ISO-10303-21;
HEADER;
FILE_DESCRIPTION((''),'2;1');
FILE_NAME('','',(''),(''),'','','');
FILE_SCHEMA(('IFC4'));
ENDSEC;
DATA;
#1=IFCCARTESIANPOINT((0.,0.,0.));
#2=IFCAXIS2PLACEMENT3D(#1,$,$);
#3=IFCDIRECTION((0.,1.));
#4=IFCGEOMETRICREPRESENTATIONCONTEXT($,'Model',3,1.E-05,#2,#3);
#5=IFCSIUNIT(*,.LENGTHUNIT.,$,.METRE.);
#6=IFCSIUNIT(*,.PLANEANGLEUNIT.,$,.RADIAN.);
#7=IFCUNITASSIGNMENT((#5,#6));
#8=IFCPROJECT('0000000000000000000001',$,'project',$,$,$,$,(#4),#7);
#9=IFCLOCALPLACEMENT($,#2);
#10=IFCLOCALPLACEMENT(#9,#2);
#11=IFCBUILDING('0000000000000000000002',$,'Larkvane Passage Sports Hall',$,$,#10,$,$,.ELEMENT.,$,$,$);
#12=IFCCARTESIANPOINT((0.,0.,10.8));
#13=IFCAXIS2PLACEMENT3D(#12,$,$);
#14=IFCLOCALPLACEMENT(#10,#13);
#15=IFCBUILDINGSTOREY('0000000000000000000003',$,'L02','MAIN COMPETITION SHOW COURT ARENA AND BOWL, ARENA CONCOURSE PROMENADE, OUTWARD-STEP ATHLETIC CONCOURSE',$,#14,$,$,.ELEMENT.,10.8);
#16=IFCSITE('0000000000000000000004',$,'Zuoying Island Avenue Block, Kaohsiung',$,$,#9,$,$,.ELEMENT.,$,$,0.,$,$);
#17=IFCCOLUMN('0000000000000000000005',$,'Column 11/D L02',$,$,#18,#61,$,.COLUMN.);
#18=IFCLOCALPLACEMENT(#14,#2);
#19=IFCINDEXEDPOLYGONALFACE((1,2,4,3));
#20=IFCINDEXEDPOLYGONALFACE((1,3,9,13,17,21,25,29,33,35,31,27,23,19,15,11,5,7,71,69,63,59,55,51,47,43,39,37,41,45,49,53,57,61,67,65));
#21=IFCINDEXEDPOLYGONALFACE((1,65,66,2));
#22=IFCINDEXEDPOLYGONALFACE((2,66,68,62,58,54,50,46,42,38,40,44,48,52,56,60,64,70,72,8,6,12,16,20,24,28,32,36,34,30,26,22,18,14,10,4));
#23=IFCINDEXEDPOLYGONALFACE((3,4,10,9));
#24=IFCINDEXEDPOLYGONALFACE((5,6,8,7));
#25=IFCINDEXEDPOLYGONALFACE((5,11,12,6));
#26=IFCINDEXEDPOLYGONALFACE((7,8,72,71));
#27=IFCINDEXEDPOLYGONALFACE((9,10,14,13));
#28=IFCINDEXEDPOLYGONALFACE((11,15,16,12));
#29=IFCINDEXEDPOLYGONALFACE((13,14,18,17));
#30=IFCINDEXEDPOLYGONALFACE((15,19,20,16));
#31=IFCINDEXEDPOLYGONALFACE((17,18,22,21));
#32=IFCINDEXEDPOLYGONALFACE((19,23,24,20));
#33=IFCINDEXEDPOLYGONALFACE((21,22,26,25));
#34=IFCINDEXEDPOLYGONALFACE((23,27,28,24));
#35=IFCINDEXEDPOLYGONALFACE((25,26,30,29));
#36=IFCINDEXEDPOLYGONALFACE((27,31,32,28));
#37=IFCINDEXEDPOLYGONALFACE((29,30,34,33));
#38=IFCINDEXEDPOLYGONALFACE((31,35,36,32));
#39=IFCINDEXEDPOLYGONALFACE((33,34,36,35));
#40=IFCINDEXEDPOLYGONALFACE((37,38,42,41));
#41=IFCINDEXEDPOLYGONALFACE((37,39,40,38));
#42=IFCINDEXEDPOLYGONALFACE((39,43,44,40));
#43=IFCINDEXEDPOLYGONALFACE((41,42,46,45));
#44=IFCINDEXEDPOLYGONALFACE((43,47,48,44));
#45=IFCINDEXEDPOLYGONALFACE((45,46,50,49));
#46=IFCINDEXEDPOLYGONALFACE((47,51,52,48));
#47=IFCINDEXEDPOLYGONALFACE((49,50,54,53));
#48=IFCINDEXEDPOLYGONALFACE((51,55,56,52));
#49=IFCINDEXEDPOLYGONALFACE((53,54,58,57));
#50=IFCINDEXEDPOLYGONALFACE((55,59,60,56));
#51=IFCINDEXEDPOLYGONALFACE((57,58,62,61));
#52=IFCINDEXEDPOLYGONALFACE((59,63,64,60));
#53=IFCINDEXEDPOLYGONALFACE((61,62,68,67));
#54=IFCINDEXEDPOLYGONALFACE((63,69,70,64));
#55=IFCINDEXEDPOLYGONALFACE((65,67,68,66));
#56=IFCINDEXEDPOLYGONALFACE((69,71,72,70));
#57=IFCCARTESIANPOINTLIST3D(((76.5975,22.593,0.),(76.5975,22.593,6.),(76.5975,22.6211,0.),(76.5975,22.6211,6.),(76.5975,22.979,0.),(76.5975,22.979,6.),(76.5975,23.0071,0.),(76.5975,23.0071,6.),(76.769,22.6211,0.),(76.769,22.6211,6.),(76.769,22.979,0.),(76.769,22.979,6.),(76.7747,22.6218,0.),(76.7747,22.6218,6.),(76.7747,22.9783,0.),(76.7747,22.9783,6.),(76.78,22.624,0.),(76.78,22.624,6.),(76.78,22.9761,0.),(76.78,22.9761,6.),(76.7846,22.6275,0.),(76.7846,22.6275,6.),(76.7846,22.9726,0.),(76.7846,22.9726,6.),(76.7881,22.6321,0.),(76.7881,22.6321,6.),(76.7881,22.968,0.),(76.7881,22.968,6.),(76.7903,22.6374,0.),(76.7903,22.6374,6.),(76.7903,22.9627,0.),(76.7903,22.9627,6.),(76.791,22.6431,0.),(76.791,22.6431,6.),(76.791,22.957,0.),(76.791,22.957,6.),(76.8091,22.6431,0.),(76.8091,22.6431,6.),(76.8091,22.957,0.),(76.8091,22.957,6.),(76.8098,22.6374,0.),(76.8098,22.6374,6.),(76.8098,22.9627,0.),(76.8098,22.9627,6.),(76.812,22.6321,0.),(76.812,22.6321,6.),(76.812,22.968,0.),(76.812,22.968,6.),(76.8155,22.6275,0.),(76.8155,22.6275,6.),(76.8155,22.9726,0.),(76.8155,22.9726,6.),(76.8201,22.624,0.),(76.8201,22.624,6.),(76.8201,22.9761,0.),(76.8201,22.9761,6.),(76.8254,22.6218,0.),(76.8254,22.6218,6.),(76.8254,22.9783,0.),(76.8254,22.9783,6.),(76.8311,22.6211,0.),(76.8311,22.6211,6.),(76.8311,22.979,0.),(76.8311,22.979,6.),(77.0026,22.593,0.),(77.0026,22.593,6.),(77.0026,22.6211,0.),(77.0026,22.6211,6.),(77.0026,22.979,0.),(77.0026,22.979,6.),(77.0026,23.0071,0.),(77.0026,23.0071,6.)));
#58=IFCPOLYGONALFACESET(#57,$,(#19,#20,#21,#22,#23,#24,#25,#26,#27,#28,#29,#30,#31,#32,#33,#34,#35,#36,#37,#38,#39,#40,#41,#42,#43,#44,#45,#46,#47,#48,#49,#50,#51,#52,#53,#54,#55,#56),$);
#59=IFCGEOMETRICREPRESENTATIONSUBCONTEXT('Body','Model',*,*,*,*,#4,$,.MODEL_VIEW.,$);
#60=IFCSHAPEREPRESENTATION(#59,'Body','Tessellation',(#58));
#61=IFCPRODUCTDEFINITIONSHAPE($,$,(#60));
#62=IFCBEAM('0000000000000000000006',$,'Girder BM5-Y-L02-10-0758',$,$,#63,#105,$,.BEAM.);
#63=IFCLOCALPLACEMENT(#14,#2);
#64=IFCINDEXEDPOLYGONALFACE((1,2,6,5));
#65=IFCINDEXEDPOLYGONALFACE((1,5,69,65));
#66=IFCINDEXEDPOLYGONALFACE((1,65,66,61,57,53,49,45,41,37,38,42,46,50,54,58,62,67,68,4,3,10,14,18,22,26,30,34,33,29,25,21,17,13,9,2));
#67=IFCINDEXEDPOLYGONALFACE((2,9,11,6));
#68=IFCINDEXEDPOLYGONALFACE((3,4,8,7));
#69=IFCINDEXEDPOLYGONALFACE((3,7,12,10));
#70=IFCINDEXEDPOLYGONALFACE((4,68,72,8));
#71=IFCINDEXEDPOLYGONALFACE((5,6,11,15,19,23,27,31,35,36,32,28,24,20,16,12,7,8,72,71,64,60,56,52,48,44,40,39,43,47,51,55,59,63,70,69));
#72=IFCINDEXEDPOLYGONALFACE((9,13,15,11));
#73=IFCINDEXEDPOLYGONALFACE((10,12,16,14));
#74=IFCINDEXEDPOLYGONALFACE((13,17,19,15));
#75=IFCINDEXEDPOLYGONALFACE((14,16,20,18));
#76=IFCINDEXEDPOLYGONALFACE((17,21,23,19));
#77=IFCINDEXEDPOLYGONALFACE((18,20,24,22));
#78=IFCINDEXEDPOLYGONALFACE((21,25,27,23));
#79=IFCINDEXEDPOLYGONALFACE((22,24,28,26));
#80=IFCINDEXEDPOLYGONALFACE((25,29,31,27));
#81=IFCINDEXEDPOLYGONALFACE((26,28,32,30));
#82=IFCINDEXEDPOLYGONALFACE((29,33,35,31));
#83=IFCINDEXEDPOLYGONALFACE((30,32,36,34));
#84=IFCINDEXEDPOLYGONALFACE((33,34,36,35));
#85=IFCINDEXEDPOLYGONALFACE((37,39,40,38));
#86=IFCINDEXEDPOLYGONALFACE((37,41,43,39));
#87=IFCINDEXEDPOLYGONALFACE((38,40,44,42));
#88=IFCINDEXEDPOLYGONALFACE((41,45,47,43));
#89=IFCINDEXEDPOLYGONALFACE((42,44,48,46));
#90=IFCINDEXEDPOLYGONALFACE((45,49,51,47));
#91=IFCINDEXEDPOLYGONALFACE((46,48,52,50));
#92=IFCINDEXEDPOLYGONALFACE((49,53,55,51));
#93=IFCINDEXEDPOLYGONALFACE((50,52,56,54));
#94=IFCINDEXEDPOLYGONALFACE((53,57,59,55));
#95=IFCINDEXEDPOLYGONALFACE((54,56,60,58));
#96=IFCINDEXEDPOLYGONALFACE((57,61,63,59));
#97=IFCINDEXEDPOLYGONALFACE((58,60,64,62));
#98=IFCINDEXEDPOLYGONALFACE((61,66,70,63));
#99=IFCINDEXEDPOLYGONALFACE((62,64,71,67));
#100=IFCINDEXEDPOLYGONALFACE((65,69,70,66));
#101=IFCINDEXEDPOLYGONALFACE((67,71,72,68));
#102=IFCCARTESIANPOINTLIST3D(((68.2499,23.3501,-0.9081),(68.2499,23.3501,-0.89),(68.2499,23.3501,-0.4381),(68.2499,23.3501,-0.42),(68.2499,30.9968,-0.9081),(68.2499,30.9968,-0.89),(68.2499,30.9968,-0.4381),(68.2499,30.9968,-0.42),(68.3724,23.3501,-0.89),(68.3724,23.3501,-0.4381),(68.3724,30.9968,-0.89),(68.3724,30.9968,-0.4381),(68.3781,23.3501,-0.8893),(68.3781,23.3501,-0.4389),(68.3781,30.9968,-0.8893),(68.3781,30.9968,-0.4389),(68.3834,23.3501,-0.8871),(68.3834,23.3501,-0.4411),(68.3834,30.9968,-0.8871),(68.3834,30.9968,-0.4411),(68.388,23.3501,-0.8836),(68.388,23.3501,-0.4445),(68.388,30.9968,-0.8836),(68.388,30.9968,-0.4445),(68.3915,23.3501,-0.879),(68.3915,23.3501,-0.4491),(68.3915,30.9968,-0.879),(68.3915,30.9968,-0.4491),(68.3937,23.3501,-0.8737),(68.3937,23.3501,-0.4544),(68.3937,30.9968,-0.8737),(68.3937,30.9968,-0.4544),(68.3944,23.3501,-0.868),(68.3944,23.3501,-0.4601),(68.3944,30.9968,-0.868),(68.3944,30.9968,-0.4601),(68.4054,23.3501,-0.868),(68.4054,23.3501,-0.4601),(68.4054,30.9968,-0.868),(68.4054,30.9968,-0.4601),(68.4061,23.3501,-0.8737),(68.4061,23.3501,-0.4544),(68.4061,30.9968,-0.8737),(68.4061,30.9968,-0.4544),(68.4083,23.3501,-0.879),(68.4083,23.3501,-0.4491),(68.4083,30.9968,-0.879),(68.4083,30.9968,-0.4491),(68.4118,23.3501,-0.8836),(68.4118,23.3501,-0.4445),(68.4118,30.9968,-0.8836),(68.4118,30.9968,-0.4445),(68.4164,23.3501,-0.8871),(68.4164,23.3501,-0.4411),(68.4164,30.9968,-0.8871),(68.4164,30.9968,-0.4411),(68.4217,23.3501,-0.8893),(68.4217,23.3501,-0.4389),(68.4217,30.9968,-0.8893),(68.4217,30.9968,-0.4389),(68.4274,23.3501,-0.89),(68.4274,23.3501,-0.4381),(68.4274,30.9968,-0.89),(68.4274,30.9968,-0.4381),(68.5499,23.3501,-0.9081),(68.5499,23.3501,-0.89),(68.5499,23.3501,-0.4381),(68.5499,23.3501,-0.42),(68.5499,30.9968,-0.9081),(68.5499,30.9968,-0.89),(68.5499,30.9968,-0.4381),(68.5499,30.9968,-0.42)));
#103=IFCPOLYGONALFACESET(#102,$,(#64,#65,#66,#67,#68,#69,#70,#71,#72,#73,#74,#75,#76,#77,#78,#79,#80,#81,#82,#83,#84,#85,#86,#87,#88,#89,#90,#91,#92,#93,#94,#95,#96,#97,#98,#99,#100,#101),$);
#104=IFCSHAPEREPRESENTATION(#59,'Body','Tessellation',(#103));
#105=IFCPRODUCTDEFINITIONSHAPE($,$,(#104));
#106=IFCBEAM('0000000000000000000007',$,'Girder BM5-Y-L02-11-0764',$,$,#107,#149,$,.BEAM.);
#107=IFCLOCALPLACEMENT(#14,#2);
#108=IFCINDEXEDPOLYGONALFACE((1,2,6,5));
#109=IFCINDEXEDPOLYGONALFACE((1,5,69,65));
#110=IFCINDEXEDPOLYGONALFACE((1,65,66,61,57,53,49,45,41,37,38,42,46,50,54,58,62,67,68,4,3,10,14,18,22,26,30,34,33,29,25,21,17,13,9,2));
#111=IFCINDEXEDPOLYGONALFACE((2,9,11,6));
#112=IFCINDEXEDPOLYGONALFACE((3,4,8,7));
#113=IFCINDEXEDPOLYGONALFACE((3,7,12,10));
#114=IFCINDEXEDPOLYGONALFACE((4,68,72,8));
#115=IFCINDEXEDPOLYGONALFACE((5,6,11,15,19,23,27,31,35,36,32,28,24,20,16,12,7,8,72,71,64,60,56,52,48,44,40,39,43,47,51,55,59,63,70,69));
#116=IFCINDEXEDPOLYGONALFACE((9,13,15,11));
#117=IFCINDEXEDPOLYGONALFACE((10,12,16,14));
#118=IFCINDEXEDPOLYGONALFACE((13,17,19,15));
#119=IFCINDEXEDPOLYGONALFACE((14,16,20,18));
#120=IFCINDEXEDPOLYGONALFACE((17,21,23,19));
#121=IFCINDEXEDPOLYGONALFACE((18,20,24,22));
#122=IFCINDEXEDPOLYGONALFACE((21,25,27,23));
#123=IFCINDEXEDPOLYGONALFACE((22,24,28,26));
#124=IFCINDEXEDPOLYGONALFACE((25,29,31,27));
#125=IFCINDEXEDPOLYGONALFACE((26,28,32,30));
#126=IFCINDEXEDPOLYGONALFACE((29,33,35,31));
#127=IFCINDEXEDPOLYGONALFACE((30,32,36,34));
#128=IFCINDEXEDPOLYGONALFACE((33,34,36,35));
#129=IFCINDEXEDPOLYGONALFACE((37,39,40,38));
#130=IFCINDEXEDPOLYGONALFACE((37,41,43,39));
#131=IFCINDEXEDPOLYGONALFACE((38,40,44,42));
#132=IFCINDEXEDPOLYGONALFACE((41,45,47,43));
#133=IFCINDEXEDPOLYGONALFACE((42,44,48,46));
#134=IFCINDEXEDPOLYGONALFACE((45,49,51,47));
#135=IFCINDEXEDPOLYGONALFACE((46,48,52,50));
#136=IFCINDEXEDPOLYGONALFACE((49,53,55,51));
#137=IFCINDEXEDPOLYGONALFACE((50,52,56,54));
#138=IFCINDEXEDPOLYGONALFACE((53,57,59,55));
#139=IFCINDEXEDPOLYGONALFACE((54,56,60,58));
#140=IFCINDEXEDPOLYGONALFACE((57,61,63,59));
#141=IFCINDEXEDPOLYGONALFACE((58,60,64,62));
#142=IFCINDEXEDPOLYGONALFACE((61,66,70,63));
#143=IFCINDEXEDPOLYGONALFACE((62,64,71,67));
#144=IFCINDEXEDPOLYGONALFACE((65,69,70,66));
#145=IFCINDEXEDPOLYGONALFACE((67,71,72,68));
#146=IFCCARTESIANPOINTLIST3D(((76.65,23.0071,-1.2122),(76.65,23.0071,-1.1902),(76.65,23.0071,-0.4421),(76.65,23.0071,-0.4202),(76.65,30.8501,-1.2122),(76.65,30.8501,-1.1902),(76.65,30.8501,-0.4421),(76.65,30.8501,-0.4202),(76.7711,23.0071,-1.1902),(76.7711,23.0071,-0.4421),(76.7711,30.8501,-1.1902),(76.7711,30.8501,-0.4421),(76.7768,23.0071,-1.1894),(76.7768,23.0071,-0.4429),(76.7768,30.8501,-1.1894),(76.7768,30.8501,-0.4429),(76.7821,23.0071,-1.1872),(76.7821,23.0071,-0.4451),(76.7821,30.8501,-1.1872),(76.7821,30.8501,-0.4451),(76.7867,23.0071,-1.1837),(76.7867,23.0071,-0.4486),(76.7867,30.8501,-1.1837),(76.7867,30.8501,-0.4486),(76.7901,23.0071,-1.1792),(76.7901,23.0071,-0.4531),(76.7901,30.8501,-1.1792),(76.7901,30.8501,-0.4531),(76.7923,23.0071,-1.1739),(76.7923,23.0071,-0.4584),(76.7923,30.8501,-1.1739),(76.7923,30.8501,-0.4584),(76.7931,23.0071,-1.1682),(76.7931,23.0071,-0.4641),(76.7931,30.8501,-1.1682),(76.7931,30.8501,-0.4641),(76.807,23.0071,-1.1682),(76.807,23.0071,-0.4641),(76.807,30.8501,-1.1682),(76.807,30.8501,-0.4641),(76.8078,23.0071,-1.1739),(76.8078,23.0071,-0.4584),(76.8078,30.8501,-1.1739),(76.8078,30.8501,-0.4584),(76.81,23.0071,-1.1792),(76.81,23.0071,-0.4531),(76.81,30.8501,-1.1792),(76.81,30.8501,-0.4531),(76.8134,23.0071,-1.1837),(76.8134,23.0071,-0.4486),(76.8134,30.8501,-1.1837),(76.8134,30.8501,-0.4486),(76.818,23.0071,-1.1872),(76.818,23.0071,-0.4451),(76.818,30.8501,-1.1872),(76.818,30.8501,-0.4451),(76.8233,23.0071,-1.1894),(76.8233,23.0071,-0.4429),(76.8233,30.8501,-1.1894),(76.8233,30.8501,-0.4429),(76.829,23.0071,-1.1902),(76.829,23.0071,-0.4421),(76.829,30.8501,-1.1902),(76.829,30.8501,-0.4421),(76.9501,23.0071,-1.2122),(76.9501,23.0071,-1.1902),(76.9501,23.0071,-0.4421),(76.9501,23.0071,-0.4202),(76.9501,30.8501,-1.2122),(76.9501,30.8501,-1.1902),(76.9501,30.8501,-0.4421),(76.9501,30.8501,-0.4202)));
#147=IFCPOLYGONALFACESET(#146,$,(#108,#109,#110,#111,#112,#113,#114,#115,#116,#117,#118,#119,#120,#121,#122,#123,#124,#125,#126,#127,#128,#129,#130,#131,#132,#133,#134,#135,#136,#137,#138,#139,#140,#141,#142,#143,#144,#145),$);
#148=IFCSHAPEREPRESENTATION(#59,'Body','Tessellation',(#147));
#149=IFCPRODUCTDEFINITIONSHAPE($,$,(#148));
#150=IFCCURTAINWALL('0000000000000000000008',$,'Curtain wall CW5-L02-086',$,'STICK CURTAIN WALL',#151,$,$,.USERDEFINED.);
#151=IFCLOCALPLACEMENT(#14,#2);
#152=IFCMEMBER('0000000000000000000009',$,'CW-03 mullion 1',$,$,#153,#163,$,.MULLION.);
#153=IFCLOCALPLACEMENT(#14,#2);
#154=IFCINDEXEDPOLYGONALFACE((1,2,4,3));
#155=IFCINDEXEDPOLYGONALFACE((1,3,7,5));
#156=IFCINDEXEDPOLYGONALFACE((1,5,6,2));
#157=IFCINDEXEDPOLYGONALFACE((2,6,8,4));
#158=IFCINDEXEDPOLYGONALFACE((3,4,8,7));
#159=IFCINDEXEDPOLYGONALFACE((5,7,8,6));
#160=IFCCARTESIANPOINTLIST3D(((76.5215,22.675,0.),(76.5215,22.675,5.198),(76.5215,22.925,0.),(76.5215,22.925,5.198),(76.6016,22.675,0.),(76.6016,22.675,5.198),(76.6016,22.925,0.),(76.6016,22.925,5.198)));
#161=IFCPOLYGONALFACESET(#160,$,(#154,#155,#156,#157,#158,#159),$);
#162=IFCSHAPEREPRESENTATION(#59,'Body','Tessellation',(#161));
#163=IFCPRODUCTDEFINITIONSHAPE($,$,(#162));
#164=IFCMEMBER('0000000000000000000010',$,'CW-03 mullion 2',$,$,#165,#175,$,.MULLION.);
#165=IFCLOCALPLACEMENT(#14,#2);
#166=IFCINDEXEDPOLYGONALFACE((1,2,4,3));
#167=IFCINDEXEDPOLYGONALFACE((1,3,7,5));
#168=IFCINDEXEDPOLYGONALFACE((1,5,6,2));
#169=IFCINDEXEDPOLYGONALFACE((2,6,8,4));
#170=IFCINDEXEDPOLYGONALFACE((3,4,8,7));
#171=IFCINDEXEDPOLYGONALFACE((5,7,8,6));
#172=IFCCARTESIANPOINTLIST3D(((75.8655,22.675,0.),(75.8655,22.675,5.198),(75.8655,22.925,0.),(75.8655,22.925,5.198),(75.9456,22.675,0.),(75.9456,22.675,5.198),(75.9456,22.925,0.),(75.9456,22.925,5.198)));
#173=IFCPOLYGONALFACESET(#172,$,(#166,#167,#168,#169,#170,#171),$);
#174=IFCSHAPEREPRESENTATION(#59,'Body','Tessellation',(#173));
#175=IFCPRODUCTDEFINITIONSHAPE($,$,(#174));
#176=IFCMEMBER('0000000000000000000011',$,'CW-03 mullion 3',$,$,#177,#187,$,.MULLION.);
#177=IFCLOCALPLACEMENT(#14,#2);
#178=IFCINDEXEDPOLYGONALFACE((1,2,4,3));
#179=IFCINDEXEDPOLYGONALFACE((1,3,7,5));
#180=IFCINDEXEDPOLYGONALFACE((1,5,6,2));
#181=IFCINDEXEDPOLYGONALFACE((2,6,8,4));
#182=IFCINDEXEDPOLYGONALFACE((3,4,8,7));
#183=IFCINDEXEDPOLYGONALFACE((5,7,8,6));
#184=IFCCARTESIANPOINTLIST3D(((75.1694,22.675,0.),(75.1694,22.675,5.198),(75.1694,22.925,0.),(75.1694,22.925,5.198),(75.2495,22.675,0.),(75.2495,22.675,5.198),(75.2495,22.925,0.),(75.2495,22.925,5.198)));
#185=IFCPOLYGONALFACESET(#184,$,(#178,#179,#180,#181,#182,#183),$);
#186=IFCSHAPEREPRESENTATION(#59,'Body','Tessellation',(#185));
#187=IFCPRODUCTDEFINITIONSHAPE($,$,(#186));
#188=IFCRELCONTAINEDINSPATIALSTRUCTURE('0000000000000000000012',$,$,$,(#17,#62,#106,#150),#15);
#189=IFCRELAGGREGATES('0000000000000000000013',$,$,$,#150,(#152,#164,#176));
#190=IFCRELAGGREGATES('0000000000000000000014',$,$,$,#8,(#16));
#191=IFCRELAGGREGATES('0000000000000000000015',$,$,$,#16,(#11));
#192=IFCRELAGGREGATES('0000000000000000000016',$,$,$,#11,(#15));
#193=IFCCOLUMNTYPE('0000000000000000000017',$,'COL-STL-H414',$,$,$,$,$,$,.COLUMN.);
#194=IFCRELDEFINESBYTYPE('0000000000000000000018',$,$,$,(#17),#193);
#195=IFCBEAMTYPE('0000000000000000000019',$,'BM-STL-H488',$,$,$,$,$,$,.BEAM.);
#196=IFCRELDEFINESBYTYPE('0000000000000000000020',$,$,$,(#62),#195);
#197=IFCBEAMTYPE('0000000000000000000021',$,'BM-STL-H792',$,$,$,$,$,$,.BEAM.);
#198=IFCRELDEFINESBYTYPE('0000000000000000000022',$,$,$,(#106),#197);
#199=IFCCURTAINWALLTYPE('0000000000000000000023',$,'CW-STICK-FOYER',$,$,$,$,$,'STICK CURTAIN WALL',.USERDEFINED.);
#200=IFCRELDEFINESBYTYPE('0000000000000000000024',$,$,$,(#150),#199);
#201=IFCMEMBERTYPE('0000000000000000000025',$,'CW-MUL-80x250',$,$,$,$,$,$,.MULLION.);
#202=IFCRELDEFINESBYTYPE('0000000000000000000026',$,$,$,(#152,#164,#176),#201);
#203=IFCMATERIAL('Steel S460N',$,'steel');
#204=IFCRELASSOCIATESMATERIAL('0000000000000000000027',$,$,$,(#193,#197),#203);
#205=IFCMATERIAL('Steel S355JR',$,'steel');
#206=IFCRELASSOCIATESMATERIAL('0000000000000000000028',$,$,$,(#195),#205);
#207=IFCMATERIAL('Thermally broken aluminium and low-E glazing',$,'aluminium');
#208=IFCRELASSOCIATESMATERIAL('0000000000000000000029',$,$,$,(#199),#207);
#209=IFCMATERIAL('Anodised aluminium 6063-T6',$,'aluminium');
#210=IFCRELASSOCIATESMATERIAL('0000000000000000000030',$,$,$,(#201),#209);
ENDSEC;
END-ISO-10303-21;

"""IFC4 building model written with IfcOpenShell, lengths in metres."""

from ifc_helpers import new_model, si_unit, direction, frame, origin, origin_2d, place, context, subcontext, project, spatial, rectangle, i_section, extrude, material, material_profile, profile_set, type_object, element, aggregate, save


model = new_model("IFC4")

# Units and contexts
model_context = context("Model", 3, precision=1e-05, world=origin(), true_north=direction((0.0, 1.0)))
body_context = subcontext(model_context, "Body", "Model", "MODEL_VIEW")
ifc_project = project(units=[si_unit("LENGTHUNIT", "METRE"), si_unit("PLANEANGLEUNIT", "RADIAN")], contexts=[model_context])

# Site, building, storey
site_placement = place(None, origin())
site = spatial("IfcSite", under=ifc_project, at=site_placement, Name="Zuoying Island Avenue Block, Kaohsiung", CompositionType="ELEMENT", RefElevation=0.0)
building_placement = place(site_placement, origin())
building = spatial("IfcBuilding", under=site, at=building_placement, Name="Larkvane Passage Sports Hall", CompositionType="ELEMENT")
storey_placement = place(building_placement, frame((0.0, 0.0, 10.8)))
storey = spatial("IfcBuildingStorey", under=building, at=storey_placement, Name="L02", Description="MAIN COMPETITION SHOW COURT ARENA AND BOWL, ARENA CONCOURSE PROMENADE, OUTWARD-STEP ATHLETIC CONCOURSE", CompositionType="ELEMENT", Elevation=10.8)

# Column
ifc_material_1 = material(Name="Steel S460N", Category="steel")
ifc_material_profile_1 = material_profile(ifc_material_1, i_section(OverallWidth=0.405, OverallDepth=0.4141, WebThickness=0.0181, FlangeThickness=0.0281, FilletRadius=0.022, at=origin_2d()), Name="H-414x405x18x28")
ifc_profile_set_1 = profile_set([ifc_material_profile_1], Name="Steel S460N")
column_type = type_object("IfcColumnType", Name="COL-STL-H414", PredefinedType="COLUMN", material=ifc_profile_set_1)
column_placement = place(storey_placement, frame((76.8, 22.8, 0.0), z_axis=(0.0, 0.0, 1.0), x_axis=(1.0, 0.0, 0.0)))
element("IfcColumn", 1, at=column_placement, inside=storey, type_object=column_type, Name="Column 11/D L02", PredefinedType="COLUMN", context=body_context, shape_type="SweptSolid", body=[
    extrude(i_section(OverallWidth=0.405, OverallDepth=0.4141, WebThickness=0.0181, FlangeThickness=0.0281, FilletRadius=0.022, at=origin_2d()), origin(), (0.0, 0.0, 1.0), 6.0),
])

# Beams
ifc_material_2 = material(Name="Steel S355JR", Category="steel")
ifc_material_profile_2 = material_profile(ifc_material_2, i_section(OverallWidth=0.3, OverallDepth=0.488, WebThickness=0.011, FlangeThickness=0.0181, FilletRadius=0.022, at=origin_2d()), Name="H-488x300x11x18")
ifc_profile_set_2 = profile_set([ifc_material_profile_2], Name="Steel S355JR")
beam_type_1 = type_object("IfcBeamType", Name="BM-STL-H488", PredefinedType="BEAM", material=ifc_profile_set_2)
beam_1_placement = place(storey_placement, frame((68.3999, 23.3501, -0.6641), z_axis=(0.0, 1.0, 0.0), x_axis=(-1.0, 0.0, 0.0)))
element("IfcBeam", 2, at=beam_1_placement, inside=storey, type_object=beam_type_1, Name="Girder BM5-Y-L02-10-0758", PredefinedType="BEAM", context=body_context, shape_type="SweptSolid", body=[
    extrude(i_section(OverallWidth=0.3, OverallDepth=0.488, WebThickness=0.011, FlangeThickness=0.0181, FilletRadius=0.022, at=origin_2d()), origin(), (0.0, 0.0, 1.0), 7.6467),
])
ifc_material_profile_3 = material_profile(ifc_material_1, i_section(OverallWidth=0.3, OverallDepth=0.792, WebThickness=0.0139, FlangeThickness=0.022, FilletRadius=0.022, at=origin_2d()), Name="H-792x300x14x22")
ifc_profile_set_3 = profile_set([ifc_material_profile_3], Name="Steel S460N")
beam_type_2 = type_object("IfcBeamType", Name="BM-STL-H792", PredefinedType="BEAM", material=ifc_profile_set_3)
beam_2_placement = place(storey_placement, frame((76.8, 23.0071, -0.8162), z_axis=(0.0, 1.0, 0.0), x_axis=(-1.0, 0.0, 0.0)))
element("IfcBeam", 3, at=beam_2_placement, inside=storey, type_object=beam_type_2, Name="Girder BM5-Y-L02-11-0764", PredefinedType="BEAM", context=body_context, shape_type="SweptSolid", body=[
    extrude(i_section(OverallWidth=0.3, OverallDepth=0.792, WebThickness=0.0139, FlangeThickness=0.022, FilletRadius=0.022, at=origin_2d()), origin(), (0.0, 0.0, 1.0), 7.843),
])

# Curtain wall, members
ifc_material_3 = material(Name="Thermally broken aluminium and low-E glazing", Category="aluminium")
curtain_wall_type = type_object("IfcCurtainWallType", Name="CW-STICK-FOYER", ElementType="STICK CURTAIN WALL", PredefinedType="USERDEFINED", material=ifc_material_3)
curtain_wall_placement = place(storey_placement, origin())
curtain_wall = element("IfcCurtainWall", 4, at=curtain_wall_placement, inside=storey, type_object=curtain_wall_type, Name="Curtain wall CW5-L02-086", ObjectType="STICK CURTAIN WALL", PredefinedType="USERDEFINED")
ifc_material_4 = material(Name="Anodised aluminium 6063-T6", Category="aluminium")
ifc_material_profile_4 = material_profile(ifc_material_4, rectangle(XDim=0.0801, YDim=0.25, at=origin_2d()), Name="ALU-MUL-80x250")
ifc_profile_set_4 = profile_set([ifc_material_profile_4], Name="Anodised aluminium 6063-T6")
member_type_1 = type_object("IfcMemberType", Name="CW-MUL-80x250", PredefinedType="MULLION", material=ifc_profile_set_4)
member_1_placement = place(storey_placement, frame((76.5615, 22.8, 0.0), z_axis=(0.0, 0.0, 1.0), x_axis=(-1.0, 0.0, 0.0)))
member_1 = element("IfcMember", 5, at=member_1_placement, type_object=member_type_1, Name="CW-03 mullion 1", PredefinedType="MULLION", context=body_context, shape_type="SweptSolid", body=[
    extrude(rectangle(XDim=0.0801, YDim=0.25, at=origin_2d()), origin(), (0.0, 0.0, 1.0), 5.198),
])
member_2_placement = place(storey_placement, frame((75.9055, 22.8, 0.0), z_axis=(0.0, 0.0, 1.0), x_axis=(-1.0, 0.0, 0.0)))
member_2 = element("IfcMember", 6, at=member_2_placement, type_object=member_type_1, Name="CW-03 mullion 2", PredefinedType="MULLION", context=body_context, shape_type="SweptSolid", body=[
    extrude(rectangle(XDim=0.0801, YDim=0.25, at=origin_2d()), origin(), (0.0, 0.0, 1.0), 5.198),
])
member_3_placement = place(storey_placement, frame((75.2095, 22.8, 0.0), z_axis=(0.0, 0.0, 1.0), x_axis=(-1.0, 0.0, 0.0)))
member_3 = element("IfcMember", 7, at=member_3_placement, type_object=member_type_1, Name="CW-03 mullion 3", PredefinedType="MULLION", context=body_context, shape_type="SweptSolid", body=[
    extrude(rectangle(XDim=0.0801, YDim=0.25, at=origin_2d()), origin(), (0.0, 0.0, 1.0), 5.198),
])

aggregate(curtain_wall, [member_1, member_2, member_3])

save(model, "model.ifc")
